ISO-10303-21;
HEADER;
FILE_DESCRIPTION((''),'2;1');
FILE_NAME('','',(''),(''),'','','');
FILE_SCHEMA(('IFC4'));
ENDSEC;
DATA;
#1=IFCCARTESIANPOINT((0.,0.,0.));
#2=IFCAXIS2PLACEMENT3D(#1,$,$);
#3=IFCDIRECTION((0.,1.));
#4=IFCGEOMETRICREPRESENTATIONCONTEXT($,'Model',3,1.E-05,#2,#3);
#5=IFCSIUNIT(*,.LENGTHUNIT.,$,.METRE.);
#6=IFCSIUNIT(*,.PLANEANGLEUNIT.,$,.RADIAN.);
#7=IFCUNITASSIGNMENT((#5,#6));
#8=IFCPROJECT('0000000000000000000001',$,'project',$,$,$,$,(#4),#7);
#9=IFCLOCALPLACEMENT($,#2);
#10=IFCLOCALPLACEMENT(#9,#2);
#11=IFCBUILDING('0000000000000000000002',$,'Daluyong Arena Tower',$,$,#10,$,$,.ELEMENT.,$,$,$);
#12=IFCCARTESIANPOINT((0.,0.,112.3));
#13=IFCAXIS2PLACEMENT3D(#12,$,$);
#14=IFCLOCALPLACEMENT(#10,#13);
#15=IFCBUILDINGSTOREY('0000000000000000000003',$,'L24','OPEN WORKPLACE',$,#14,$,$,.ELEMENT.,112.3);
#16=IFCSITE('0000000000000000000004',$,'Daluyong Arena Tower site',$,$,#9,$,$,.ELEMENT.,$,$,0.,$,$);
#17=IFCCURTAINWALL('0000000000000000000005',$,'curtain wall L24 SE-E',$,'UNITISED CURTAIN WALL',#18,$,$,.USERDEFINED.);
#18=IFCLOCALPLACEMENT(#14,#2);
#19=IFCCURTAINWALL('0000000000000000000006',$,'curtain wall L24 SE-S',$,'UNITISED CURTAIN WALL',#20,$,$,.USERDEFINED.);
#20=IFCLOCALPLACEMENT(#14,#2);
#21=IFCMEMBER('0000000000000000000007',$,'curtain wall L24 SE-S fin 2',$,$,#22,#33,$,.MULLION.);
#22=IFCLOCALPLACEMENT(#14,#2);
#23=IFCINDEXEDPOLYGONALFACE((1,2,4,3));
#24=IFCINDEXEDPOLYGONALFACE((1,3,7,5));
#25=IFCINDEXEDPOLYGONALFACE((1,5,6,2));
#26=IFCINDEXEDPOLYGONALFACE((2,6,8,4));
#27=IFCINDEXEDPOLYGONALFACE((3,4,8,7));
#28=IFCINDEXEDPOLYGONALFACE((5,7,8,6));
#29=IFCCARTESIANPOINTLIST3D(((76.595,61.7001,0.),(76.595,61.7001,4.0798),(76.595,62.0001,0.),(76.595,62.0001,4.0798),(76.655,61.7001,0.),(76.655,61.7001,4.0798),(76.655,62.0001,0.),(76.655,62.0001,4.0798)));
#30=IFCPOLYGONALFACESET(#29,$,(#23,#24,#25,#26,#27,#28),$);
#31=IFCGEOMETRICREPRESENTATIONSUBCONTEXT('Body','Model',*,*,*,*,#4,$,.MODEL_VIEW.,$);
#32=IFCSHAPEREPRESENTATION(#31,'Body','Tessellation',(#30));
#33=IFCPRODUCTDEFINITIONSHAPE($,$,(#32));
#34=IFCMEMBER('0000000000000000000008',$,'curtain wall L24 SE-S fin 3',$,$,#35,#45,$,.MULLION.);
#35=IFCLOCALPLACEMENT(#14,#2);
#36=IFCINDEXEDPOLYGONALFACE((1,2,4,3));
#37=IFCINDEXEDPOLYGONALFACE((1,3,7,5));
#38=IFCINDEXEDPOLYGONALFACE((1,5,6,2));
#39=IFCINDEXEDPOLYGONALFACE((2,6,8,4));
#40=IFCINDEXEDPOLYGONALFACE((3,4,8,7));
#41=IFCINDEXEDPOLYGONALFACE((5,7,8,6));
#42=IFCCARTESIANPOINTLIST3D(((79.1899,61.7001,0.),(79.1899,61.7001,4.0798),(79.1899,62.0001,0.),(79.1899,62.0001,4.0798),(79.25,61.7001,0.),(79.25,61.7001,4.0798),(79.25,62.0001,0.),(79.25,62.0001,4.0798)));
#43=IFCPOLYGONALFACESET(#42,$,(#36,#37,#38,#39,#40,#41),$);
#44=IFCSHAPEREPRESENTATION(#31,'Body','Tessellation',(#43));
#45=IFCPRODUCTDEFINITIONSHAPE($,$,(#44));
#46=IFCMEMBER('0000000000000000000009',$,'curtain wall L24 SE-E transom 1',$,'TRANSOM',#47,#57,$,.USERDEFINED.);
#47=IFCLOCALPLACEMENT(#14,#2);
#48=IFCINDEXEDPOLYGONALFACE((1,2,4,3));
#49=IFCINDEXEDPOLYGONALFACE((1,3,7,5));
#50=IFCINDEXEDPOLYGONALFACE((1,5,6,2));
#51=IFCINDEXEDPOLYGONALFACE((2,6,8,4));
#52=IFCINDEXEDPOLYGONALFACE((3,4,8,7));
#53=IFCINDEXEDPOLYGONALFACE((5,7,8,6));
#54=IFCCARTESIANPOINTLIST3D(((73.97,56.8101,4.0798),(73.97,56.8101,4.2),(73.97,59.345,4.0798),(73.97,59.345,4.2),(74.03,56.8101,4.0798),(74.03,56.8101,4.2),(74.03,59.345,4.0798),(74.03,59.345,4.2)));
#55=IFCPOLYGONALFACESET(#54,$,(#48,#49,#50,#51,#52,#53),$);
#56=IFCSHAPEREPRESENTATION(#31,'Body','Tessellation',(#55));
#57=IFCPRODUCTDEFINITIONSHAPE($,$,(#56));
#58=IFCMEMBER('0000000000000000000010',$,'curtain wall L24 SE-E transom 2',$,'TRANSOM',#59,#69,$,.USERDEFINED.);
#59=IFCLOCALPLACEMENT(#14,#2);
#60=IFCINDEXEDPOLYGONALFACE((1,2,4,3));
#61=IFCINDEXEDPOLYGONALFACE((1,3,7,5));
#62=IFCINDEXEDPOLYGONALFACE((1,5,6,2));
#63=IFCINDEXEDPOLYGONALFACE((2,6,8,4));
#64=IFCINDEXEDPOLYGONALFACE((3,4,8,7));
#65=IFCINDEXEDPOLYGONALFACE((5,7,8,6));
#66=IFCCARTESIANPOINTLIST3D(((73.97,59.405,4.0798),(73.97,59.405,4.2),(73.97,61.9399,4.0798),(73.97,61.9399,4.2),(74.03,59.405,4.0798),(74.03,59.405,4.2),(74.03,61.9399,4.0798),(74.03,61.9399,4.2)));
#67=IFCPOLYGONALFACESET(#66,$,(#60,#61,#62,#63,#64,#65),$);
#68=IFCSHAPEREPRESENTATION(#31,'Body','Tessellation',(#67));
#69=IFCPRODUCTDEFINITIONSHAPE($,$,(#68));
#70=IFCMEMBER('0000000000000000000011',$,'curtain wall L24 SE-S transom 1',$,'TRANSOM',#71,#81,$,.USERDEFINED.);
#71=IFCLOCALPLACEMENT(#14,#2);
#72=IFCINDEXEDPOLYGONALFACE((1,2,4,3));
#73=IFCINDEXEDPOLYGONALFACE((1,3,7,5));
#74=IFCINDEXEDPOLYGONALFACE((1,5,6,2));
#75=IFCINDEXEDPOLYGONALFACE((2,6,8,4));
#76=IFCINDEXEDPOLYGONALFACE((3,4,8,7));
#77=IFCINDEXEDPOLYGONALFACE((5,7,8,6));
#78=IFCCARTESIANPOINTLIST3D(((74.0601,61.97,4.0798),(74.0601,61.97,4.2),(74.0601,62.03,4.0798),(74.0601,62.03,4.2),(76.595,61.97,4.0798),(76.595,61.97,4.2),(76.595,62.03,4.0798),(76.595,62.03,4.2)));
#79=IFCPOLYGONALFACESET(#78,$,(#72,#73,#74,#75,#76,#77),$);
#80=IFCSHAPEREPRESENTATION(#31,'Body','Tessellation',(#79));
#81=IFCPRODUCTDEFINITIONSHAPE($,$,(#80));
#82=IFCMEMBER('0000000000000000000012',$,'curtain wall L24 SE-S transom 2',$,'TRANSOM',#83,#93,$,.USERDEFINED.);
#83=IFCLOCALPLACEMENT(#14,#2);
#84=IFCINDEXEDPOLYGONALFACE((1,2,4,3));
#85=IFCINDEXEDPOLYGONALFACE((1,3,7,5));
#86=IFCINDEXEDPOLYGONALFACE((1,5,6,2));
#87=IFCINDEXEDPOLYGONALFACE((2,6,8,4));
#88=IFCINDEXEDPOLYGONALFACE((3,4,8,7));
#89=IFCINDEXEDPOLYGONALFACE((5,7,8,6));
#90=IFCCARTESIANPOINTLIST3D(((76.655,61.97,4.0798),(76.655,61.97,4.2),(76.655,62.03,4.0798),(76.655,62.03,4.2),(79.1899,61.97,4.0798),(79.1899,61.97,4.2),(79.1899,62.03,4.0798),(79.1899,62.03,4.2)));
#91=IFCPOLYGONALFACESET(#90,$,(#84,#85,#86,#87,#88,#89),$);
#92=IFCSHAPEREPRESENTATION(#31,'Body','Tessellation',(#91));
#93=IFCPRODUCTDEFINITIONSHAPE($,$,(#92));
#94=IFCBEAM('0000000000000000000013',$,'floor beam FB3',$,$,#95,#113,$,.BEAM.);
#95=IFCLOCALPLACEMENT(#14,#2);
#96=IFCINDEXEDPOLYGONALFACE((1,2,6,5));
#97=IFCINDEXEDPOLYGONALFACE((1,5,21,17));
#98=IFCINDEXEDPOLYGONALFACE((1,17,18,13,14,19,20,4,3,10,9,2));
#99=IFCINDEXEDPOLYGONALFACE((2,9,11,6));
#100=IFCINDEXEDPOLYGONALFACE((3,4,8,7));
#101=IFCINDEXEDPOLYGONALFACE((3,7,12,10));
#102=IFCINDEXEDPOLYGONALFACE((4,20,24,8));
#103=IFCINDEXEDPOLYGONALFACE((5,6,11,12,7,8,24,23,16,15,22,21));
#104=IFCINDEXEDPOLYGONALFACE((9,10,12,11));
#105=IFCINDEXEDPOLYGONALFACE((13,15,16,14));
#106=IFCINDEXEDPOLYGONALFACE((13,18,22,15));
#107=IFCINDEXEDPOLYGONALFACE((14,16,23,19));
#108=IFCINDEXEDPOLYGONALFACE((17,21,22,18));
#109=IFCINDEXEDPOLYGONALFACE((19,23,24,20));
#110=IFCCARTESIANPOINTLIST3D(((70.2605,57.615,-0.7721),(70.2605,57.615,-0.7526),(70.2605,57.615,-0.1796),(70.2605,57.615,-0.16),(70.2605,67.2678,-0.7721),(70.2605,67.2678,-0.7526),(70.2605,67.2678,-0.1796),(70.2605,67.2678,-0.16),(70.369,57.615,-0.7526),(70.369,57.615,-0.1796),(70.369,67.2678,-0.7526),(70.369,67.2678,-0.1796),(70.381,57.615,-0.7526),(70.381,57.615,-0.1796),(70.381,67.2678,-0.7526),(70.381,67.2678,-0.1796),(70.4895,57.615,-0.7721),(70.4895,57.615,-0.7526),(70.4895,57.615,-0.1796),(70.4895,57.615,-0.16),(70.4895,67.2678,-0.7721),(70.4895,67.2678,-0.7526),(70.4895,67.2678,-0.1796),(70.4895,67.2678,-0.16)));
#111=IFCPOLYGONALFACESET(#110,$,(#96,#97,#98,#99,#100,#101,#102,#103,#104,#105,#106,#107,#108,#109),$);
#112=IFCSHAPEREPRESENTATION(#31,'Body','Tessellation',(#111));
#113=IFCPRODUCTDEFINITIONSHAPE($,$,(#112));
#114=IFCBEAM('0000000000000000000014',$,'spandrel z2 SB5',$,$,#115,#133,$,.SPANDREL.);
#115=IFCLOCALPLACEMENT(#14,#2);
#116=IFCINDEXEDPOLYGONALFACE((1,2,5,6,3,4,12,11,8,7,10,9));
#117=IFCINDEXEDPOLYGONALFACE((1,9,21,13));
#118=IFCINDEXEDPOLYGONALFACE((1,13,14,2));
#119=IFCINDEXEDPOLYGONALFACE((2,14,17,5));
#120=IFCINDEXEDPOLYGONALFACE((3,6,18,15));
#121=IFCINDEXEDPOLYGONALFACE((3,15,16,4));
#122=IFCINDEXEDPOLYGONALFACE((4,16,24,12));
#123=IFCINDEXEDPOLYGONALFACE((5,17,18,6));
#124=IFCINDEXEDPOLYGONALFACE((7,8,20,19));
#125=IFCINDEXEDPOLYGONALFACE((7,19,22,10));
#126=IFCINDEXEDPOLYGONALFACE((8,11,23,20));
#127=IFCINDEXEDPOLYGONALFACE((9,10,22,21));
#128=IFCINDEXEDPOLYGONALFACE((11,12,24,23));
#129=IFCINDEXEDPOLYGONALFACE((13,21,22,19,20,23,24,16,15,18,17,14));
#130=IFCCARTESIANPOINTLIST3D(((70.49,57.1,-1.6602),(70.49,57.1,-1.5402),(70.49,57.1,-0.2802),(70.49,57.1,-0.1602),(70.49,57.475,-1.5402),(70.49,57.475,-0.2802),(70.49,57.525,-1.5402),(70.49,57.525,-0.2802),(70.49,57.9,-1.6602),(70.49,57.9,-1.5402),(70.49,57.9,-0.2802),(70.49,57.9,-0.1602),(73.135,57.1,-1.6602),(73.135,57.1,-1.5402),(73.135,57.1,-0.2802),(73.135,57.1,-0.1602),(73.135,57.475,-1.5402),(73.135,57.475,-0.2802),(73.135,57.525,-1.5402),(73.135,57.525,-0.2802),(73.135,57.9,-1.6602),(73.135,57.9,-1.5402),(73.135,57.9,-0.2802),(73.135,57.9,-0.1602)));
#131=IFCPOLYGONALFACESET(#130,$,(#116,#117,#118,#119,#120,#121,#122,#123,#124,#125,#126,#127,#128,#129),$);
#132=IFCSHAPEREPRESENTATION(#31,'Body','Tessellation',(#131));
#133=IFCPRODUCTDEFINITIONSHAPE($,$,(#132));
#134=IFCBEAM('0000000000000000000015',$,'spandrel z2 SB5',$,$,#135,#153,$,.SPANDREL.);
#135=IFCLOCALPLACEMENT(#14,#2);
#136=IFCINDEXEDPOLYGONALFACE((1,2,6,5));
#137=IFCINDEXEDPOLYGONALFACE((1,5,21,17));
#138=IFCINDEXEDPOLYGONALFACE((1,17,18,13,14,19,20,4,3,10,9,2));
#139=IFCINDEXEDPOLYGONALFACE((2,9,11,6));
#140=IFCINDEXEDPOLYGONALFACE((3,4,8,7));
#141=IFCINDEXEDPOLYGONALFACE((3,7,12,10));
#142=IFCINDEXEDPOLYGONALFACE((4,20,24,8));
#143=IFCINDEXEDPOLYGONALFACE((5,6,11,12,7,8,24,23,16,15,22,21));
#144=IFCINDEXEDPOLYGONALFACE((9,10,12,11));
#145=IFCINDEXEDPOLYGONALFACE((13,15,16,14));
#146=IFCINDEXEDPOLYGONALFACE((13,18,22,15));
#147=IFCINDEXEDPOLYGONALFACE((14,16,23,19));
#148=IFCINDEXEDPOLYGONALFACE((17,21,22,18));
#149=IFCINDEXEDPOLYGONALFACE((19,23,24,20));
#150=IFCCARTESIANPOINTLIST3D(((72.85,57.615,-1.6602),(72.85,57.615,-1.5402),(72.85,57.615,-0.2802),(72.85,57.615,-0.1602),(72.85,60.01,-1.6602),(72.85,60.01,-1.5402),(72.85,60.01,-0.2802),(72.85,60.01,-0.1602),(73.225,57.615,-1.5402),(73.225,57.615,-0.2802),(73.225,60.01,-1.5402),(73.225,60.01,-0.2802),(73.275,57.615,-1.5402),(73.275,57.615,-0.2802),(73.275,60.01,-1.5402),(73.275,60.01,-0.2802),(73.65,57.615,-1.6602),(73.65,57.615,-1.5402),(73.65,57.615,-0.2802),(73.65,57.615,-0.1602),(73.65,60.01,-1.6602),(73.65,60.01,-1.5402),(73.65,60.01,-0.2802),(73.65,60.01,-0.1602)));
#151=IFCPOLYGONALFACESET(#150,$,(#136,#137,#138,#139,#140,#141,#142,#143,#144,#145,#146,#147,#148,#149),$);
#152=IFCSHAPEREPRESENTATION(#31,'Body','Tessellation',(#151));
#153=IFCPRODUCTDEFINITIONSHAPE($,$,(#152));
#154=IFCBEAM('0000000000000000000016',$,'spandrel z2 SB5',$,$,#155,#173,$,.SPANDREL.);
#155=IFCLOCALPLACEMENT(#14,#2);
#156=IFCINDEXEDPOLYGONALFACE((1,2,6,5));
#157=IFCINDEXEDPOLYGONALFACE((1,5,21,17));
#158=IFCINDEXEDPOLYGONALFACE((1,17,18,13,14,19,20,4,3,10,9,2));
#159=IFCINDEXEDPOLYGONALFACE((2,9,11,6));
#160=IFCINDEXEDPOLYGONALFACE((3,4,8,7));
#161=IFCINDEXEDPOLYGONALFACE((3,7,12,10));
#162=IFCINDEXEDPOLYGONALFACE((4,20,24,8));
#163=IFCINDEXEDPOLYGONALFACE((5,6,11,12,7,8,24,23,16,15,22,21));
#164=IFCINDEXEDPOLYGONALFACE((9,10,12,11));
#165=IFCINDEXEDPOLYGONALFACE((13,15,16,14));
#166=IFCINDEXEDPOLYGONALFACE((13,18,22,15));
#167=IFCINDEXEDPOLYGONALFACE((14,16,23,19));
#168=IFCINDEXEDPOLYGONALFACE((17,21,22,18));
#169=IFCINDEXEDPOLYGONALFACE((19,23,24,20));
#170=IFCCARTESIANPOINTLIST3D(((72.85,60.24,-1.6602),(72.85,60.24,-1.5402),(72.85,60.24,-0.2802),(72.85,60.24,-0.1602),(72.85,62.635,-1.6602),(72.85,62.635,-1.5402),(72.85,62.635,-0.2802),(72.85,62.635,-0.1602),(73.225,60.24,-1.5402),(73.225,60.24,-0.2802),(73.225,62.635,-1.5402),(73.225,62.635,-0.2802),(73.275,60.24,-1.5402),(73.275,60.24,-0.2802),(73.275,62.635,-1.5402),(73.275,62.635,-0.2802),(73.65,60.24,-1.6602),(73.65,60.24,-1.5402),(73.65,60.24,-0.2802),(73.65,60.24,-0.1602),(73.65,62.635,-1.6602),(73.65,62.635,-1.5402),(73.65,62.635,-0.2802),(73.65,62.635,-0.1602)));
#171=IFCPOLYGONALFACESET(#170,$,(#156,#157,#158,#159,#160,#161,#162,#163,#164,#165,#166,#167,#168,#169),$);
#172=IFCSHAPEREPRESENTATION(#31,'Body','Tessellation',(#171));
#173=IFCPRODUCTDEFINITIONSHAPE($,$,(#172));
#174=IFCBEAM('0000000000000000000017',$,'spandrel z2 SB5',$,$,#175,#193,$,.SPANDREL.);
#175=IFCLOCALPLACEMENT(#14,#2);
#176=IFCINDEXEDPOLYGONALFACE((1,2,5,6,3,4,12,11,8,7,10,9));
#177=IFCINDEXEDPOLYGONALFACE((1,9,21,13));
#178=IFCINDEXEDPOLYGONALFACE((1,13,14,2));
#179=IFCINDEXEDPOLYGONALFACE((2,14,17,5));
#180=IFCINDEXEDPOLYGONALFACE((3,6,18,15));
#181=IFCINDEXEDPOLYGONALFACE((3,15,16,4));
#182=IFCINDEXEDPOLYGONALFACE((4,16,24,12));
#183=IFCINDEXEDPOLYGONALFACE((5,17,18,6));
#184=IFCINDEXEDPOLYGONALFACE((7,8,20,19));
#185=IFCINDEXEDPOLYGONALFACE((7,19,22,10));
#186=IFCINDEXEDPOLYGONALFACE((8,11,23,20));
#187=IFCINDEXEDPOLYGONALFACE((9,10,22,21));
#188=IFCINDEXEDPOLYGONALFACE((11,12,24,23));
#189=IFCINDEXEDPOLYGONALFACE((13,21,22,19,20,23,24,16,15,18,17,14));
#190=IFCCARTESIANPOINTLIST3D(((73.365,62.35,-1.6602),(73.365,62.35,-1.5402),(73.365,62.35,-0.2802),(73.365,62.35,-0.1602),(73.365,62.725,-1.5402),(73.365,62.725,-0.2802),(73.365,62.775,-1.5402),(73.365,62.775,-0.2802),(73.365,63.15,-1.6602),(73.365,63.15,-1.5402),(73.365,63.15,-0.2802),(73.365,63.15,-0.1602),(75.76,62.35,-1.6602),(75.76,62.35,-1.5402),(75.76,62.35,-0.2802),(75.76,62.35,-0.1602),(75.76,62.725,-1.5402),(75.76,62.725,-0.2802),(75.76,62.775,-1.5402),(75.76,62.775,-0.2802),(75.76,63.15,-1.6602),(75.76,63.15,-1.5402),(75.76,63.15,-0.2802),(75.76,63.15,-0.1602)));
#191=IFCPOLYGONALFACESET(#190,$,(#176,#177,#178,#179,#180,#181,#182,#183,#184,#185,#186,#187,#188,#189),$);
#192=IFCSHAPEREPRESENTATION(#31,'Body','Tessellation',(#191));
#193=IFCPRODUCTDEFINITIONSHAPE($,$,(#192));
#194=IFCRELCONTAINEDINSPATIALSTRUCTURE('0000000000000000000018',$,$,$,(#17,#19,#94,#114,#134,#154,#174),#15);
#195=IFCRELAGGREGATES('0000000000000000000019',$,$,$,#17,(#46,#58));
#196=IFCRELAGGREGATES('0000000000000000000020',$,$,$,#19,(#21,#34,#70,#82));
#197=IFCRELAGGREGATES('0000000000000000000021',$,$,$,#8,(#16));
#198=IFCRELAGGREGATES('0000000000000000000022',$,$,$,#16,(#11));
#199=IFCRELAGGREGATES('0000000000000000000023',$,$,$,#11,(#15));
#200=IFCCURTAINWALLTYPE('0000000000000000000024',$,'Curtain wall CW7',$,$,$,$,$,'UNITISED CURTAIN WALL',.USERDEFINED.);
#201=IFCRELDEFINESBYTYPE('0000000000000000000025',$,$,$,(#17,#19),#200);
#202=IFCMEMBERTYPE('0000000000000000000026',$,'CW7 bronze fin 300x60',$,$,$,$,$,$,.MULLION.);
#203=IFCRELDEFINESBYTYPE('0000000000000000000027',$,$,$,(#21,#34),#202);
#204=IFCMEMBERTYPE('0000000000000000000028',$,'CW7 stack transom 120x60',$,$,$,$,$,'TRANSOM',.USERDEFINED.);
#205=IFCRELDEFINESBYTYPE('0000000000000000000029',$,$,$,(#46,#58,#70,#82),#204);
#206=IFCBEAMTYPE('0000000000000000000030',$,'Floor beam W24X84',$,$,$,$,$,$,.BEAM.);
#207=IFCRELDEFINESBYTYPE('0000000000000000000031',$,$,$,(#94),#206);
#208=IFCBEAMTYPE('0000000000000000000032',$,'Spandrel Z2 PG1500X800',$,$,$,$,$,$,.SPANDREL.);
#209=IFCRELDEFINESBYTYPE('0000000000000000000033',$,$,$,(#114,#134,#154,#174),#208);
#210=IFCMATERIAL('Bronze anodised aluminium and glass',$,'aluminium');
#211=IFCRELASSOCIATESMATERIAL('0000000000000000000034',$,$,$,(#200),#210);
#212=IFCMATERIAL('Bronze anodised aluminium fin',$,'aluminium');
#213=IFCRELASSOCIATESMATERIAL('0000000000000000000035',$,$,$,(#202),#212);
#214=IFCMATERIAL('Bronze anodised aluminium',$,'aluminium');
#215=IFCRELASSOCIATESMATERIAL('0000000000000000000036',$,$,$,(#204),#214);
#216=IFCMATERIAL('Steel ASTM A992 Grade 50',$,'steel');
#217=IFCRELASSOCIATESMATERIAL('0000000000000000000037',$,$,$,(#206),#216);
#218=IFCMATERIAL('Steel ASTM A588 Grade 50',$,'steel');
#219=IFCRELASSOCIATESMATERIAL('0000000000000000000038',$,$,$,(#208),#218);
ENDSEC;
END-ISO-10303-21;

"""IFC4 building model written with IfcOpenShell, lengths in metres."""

from ifc_helpers import new_model, si_unit, direction, frame, origin, origin_2d, place, context, subcontext, project, spatial, rectangle, i_section, extrude, material, material_profile, profile_set, type_object, element, aggregate, save


model = new_model("IFC4")

# Units and contexts
model_context = context("Model", 3, precision=1e-05, world=origin(), true_north=direction((0.0, 1.0)))
body_context = subcontext(model_context, "Body", "Model", "MODEL_VIEW")
ifc_project = project(units=[si_unit("LENGTHUNIT", "METRE"), si_unit("PLANEANGLEUNIT", "RADIAN")], contexts=[model_context])

# Site, building, storey
site_placement = place(None, origin())
site = spatial("IfcSite", under=ifc_project, at=site_placement, Name="Daluyong Arena Tower site", CompositionType="ELEMENT", RefElevation=0.0)
building_placement = place(site_placement, origin())
building = spatial("IfcBuilding", under=site, at=building_placement, Name="Daluyong Arena Tower", CompositionType="ELEMENT")
storey_placement = place(building_placement, frame((0.0, 0.0, 112.3)))
storey = spatial("IfcBuildingStorey", under=building, at=storey_placement, Name="L24", Description="OPEN WORKPLACE", CompositionType="ELEMENT", Elevation=112.3)

# Curtain walls, members
ifc_material_1 = material(Name="Bronze anodised aluminium and glass", Category="aluminium")
curtain_wall_type_1 = type_object("IfcCurtainWallType", Name="Curtain wall CW7", ElementType="UNITISED CURTAIN WALL", PredefinedType="USERDEFINED", material=ifc_material_1)
curtain_wall_1_placement = place(storey_placement, origin())
curtain_wall_1 = element("IfcCurtainWall", 1, at=curtain_wall_1_placement, inside=storey, type_object=curtain_wall_type_1, Name="curtain wall L24 SE-E", ObjectType="UNITISED CURTAIN WALL", PredefinedType="USERDEFINED")
ifc_material_2 = material(Name="Bronze anodised aluminium fin", Category="aluminium")
ifc_material_profile_1 = material_profile(ifc_material_2, rectangle(XDim=0.3, YDim=0.0601, at=origin_2d()))
ifc_profile_set_1 = profile_set([ifc_material_profile_1], Name="Bronze anodised aluminium fin")
member_type_1 = type_object("IfcMemberType", Name="CW7 bronze fin 300x60", PredefinedType="MULLION", material=ifc_profile_set_1)
curtain_wall_2_placement = place(storey_placement, origin())
curtain_wall_2 = element("IfcCurtainWall", 2, at=curtain_wall_2_placement, inside=storey, type_object=curtain_wall_type_1, Name="curtain wall L24 SE-S", ObjectType="UNITISED CURTAIN WALL", PredefinedType="USERDEFINED")
member_1_placement = place(storey_placement, frame((76.625, 61.8501, 0.0), z_axis=(0.0, 0.0, 1.0), x_axis=(0.0, 1.0, 0.0)))
member_1 = element("IfcMember", 3, at=member_1_placement, type_object=member_type_1, Name="curtain wall L24 SE-S fin 2", PredefinedType="MULLION", context=body_context, shape_type="SweptSolid", body=[
    extrude(rectangle(XDim=0.3, YDim=0.0601, at=origin_2d()), origin(), (0.0, 0.0, 1.0), 4.0798),
])
member_2_placement = place(storey_placement, frame((79.22, 61.8501, 0.0), z_axis=(0.0, 0.0, 1.0), x_axis=(0.0, 1.0, 0.0)))
member_2 = element("IfcMember", 4, at=member_2_placement, type_object=member_type_1, Name="curtain wall L24 SE-S fin 3", PredefinedType="MULLION", context=body_context, shape_type="SweptSolid", body=[
    extrude(rectangle(XDim=0.3, YDim=0.0601, at=origin_2d()), origin(), (0.0, 0.0, 1.0), 4.0798),
])

# Members
ifc_material_3 = material(Name="Bronze anodised aluminium", Category="aluminium")
ifc_material_profile_2 = material_profile(ifc_material_3, rectangle(XDim=0.0601, YDim=0.1201, at=origin_2d()))
ifc_profile_set_2 = profile_set([ifc_material_profile_2], Name="Bronze anodised aluminium")
member_type_2 = type_object("IfcMemberType", Name="CW7 stack transom 120x60", ElementType="TRANSOM", PredefinedType="USERDEFINED", material=ifc_profile_set_2)
member_3_placement = place(storey_placement, frame((74.0, 56.8101, 4.1399), z_axis=(0.0, 1.0, 0.0), x_axis=(-1.0, 0.0, 0.0)))
member_3 = element("IfcMember", 5, at=member_3_placement, type_object=member_type_2, Name="curtain wall L24 SE-E transom 1", ObjectType="TRANSOM", PredefinedType="USERDEFINED", context=body_context, shape_type="SweptSolid", body=[
    extrude(rectangle(XDim=0.0601, YDim=0.1201, at=origin_2d()), origin(), (0.0, 0.0, 1.0), 2.5349),
])
member_4_placement = place(storey_placement, frame((74.0, 59.405, 4.1399), z_axis=(0.0, 1.0, 0.0), x_axis=(-1.0, 0.0, 0.0)))
member_4 = element("IfcMember", 6, at=member_4_placement, type_object=member_type_2, Name="curtain wall L24 SE-E transom 2", ObjectType="TRANSOM", PredefinedType="USERDEFINED", context=body_context, shape_type="SweptSolid", body=[
    extrude(rectangle(XDim=0.0601, YDim=0.1201, at=origin_2d()), origin(), (0.0, 0.0, 1.0), 2.5349),
])
member_5_placement = place(storey_placement, frame((74.0601, 62.0, 4.1399), z_axis=(1.0, 0.0, 0.0), x_axis=(0.0, 1.0, 0.0)))
member_5 = element("IfcMember", 7, at=member_5_placement, type_object=member_type_2, Name="curtain wall L24 SE-S transom 1", ObjectType="TRANSOM", PredefinedType="USERDEFINED", context=body_context, shape_type="SweptSolid", body=[
    extrude(rectangle(XDim=0.0601, YDim=0.1201, at=origin_2d()), origin(), (0.0, 0.0, 1.0), 2.5349),
])
member_6_placement = place(storey_placement, frame((76.655, 62.0, 4.1399), z_axis=(1.0, 0.0, 0.0), x_axis=(0.0, 1.0, 0.0)))
member_6 = element("IfcMember", 8, at=member_6_placement, type_object=member_type_2, Name="curtain wall L24 SE-S transom 2", ObjectType="TRANSOM", PredefinedType="USERDEFINED", context=body_context, shape_type="SweptSolid", body=[
    extrude(rectangle(XDim=0.0601, YDim=0.1201, at=origin_2d()), origin(), (0.0, 0.0, 1.0), 2.5349),
])

# Beams
ifc_material_4 = material(Name="Steel ASTM A992 Grade 50", Category="steel")
ifc_material_profile_3 = material_profile(ifc_material_4, i_section(OverallWidth=0.229, OverallDepth=0.6121, WebThickness=0.012, FlangeThickness=0.0195, at=origin_2d()))
ifc_profile_set_3 = profile_set([ifc_material_profile_3], Name="Steel ASTM A992 Grade 50")
beam_type_1 = type_object("IfcBeamType", Name="Floor beam W24X84", PredefinedType="BEAM", material=ifc_profile_set_3)
beam_1_placement = place(storey_placement, frame((70.375, 57.615, -0.4661), z_axis=(0.0, 1.0, 0.0), x_axis=(-1.0, 0.0, 0.0)))
element("IfcBeam", 9, at=beam_1_placement, inside=storey, type_object=beam_type_1, Name="floor beam FB3", PredefinedType="BEAM", context=body_context, shape_type="SweptSolid", body=[
    extrude(i_section(OverallWidth=0.229, OverallDepth=0.6121, WebThickness=0.012, FlangeThickness=0.0195, at=origin_2d()), origin(), (0.0, 0.0, 1.0), 9.6528),
])
ifc_material_5 = material(Name="Steel ASTM A588 Grade 50", Category="steel")
ifc_material_profile_4 = material_profile(ifc_material_5, i_section(OverallWidth=0.8, OverallDepth=1.5, WebThickness=0.05, FlangeThickness=0.12, at=origin_2d()))
ifc_profile_set_4 = profile_set([ifc_material_profile_4], Name="Steel ASTM A588 Grade 50")
beam_type_2 = type_object("IfcBeamType", Name="Spandrel Z2 PG1500X800", PredefinedType="SPANDREL", material=ifc_profile_set_4)
beam_2_placement = place(storey_placement, frame((70.49, 57.5, -0.9102), z_axis=(1.0, 0.0, 0.0), x_axis=(0.0, 1.0, 0.0)))
element("IfcBeam", 10, at=beam_2_placement, inside=storey, type_object=beam_type_2, Name="spandrel z2 SB5", PredefinedType="SPANDREL", context=body_context, shape_type="SweptSolid", body=[
    extrude(i_section(OverallWidth=0.8, OverallDepth=1.5, WebThickness=0.05, FlangeThickness=0.12, at=origin_2d()), origin(), (0.0, 0.0, 1.0), 2.645),
])
for number, where, z_axis, x_axis, name in (
    (11, (73.25, 57.615, -0.9102), (0.0, 1.0, 0.0), (-1.0, 0.0, 0.0), "spandrel z2 SB5"),
    (12, (73.25, 60.24, -0.9102), (0.0, 1.0, 0.0), (-1.0, 0.0, 0.0), "spandrel z2 SB5"),
    (13, (73.365, 62.75, -0.9102), (1.0, 0.0, 0.0), (0.0, 1.0, 0.0), "spandrel z2 SB5"),
):
    element("IfcBeam", number, at=place(storey_placement, frame(where, z_axis=z_axis, x_axis=x_axis)), inside=storey, type_object=beam_type_2, Name=name, PredefinedType="SPANDREL", context=body_context, shape_type="SweptSolid", body=[
        extrude(i_section(OverallWidth=0.8, OverallDepth=1.5, WebThickness=0.05, FlangeThickness=0.12, at=origin_2d()), origin(), (0.0, 0.0, 1.0), 2.395),
    ])

aggregate(curtain_wall_1, [member_3, member_4])
aggregate(curtain_wall_2, [member_1, member_2, member_5, member_6])

save(model, "model.ifc")
